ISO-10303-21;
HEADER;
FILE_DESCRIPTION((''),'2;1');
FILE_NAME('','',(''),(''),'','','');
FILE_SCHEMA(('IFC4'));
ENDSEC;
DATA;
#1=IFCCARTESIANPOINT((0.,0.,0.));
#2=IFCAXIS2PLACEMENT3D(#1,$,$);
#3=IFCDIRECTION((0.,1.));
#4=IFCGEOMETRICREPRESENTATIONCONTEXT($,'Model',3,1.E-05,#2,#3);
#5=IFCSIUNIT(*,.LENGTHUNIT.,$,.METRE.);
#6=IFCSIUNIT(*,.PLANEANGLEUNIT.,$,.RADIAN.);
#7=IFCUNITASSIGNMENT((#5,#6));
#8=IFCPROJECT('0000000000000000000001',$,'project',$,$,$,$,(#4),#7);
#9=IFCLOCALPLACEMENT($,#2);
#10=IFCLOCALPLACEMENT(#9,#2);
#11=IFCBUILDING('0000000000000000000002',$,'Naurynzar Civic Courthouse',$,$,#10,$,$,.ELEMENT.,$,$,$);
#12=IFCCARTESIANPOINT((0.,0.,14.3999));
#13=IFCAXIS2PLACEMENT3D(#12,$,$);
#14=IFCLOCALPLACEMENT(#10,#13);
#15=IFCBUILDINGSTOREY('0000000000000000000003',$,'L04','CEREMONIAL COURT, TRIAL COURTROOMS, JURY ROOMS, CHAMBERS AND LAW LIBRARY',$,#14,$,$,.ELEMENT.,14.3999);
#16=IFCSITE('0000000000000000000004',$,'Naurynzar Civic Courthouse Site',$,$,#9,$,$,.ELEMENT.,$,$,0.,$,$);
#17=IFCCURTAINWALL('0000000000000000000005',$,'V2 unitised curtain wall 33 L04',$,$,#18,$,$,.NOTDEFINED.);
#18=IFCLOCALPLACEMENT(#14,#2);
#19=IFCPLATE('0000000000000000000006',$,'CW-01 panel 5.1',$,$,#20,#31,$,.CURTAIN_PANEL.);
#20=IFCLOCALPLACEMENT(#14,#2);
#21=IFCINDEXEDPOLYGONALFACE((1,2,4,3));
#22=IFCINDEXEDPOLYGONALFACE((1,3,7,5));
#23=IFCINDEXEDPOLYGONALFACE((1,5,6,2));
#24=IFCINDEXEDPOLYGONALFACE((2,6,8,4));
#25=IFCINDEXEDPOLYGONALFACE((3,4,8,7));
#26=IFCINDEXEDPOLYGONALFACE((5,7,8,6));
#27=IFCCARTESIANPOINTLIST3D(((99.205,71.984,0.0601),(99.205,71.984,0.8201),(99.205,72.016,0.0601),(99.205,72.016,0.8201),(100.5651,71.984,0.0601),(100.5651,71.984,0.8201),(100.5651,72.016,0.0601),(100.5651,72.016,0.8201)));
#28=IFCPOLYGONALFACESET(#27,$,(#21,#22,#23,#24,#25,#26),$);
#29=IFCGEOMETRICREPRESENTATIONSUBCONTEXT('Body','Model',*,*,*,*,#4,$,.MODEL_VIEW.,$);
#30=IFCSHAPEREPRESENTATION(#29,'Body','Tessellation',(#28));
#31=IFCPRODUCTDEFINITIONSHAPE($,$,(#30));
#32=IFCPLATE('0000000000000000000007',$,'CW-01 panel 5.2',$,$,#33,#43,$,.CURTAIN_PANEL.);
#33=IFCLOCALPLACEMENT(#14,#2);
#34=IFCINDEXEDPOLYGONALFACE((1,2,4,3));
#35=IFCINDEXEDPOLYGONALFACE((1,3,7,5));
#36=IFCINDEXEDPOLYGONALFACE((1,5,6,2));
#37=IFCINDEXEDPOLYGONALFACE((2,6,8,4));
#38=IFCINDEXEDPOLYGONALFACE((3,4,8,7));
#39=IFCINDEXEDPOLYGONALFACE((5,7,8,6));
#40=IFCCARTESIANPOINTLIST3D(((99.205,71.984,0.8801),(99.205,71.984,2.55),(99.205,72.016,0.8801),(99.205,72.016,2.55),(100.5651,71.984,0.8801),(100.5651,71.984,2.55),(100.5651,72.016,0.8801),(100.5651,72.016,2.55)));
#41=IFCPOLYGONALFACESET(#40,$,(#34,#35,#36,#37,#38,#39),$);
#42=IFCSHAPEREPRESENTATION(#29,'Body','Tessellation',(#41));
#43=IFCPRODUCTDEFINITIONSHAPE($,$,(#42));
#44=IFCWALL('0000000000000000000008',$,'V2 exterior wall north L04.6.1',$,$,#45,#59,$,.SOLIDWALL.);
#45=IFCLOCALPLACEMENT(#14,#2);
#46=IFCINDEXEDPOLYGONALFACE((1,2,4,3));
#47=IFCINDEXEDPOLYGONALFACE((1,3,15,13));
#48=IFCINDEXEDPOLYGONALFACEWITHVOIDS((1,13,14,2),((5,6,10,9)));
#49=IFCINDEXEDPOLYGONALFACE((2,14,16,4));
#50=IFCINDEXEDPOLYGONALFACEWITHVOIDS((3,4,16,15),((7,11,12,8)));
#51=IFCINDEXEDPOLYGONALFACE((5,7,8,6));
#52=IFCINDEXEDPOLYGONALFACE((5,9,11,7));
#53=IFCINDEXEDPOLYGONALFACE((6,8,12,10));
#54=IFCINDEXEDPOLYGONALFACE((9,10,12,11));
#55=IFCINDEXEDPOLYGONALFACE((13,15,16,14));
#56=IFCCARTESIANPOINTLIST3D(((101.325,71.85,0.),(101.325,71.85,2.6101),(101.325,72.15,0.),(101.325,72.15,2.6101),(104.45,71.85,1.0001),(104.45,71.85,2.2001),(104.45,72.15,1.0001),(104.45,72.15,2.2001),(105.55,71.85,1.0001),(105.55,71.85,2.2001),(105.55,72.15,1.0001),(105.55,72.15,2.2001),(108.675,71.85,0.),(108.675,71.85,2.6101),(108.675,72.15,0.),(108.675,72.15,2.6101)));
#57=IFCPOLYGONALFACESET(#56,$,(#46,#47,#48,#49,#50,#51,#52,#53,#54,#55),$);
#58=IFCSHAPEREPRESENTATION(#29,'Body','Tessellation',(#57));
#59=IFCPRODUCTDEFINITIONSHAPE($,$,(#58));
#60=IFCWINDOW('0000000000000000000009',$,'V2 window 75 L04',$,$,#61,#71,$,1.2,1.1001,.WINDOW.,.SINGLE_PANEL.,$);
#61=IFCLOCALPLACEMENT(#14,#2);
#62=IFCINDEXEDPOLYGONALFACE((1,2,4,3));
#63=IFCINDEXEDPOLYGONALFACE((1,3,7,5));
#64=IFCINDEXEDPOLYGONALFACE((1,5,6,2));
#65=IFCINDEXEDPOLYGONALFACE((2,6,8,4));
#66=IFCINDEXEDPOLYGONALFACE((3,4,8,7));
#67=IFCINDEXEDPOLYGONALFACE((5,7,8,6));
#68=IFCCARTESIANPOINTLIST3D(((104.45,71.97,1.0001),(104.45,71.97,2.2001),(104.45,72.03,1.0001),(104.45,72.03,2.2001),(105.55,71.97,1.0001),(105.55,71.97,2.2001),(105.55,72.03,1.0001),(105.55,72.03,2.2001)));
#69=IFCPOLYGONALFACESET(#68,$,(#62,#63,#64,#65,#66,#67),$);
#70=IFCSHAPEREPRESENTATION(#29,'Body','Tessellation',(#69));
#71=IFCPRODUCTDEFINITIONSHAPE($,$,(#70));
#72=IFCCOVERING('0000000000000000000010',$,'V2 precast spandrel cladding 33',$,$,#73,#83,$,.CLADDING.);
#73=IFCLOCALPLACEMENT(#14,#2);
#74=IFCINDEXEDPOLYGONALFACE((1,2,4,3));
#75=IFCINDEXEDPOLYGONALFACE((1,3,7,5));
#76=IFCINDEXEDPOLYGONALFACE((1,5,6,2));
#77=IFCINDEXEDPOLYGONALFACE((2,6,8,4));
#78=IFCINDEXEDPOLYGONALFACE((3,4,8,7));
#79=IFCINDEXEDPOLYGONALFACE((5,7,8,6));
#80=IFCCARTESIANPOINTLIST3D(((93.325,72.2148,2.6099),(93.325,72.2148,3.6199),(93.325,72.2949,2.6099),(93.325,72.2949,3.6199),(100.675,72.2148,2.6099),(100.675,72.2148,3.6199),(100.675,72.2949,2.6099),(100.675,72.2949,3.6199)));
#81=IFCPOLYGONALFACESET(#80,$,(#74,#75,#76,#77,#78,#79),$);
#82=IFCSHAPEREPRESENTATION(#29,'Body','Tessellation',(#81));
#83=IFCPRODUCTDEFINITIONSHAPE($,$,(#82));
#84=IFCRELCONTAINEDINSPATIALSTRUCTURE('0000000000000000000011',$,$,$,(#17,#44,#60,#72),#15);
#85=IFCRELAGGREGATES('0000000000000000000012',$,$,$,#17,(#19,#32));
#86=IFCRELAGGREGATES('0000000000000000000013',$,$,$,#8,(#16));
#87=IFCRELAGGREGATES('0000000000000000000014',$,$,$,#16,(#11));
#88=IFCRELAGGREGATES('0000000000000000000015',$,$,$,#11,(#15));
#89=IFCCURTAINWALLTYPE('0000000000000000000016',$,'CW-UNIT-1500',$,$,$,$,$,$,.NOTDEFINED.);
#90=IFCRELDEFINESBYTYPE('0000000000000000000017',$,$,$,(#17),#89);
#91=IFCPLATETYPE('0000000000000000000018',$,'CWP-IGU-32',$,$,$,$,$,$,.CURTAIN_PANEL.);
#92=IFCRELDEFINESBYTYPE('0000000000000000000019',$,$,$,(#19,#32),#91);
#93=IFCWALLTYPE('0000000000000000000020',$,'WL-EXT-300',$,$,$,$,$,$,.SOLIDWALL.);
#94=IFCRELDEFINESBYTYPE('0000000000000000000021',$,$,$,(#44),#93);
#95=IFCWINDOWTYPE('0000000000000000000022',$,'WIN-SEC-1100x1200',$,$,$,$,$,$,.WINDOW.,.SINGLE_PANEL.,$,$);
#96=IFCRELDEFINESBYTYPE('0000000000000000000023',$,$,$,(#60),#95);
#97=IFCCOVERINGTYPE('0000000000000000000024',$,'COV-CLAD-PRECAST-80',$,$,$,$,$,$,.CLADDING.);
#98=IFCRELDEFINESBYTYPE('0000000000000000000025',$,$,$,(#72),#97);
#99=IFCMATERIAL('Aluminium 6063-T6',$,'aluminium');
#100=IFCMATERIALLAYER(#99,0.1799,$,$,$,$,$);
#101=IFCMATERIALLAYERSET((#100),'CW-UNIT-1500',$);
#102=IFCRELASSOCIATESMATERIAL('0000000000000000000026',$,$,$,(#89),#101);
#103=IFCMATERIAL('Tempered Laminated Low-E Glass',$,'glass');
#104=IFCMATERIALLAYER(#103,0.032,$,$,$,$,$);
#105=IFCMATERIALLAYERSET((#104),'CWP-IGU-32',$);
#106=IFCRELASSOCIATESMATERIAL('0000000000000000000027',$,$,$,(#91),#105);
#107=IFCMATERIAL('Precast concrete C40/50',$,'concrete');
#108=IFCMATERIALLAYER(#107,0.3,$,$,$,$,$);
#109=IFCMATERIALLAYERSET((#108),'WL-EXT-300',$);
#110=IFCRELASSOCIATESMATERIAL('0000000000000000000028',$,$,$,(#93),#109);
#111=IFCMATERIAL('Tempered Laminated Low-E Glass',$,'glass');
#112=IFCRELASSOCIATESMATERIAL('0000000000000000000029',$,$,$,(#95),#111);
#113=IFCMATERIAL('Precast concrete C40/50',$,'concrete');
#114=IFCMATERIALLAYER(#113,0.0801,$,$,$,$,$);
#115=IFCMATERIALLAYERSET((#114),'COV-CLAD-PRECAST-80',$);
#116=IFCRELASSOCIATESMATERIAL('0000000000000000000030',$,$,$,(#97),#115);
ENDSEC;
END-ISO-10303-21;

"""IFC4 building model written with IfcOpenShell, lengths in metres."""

from ifc_helpers import new_model, si_unit, direction, frame, frame_2d, origin, origin_2d, place, context, subcontext, project, spatial, rectangle, extrude, material, layer, layer_set, type_object, element, fill, aggregate, save


model = new_model("IFC4")

# Units and contexts
model_context = context("Model", 3, precision=1e-05, world=origin(), true_north=direction((0.0, 1.0)))
body_context = subcontext(model_context, "Body", "Model", "MODEL_VIEW")
ifc_project = project(units=[si_unit("LENGTHUNIT", "METRE"), si_unit("PLANEANGLEUNIT", "RADIAN")], contexts=[model_context])

# Site, building, storey
site_placement = place(None, origin())
site = spatial("IfcSite", under=ifc_project, at=site_placement, Name="Naurynzar Civic Courthouse Site", CompositionType="ELEMENT", RefElevation=0.0)
building_placement = place(site_placement, origin())
building = spatial("IfcBuilding", under=site, at=building_placement, Name="Naurynzar Civic Courthouse", CompositionType="ELEMENT")
storey_placement = place(building_placement, frame((0.0, 0.0, 14.3999)))
storey = spatial("IfcBuildingStorey", under=building, at=storey_placement, Name="L04", Description="CEREMONIAL COURT, TRIAL COURTROOMS, JURY ROOMS, CHAMBERS AND LAW LIBRARY", CompositionType="ELEMENT", Elevation=14.3999)

# Curtain wall
ifc_material_1 = material(Name="Aluminium 6063-T6", Category="aluminium")
ifc_layer_1 = layer(ifc_material_1, 0.1799)
ifc_layer_set_1 = layer_set([ifc_layer_1], Name="CW-UNIT-1500")
curtain_wall_type = type_object("IfcCurtainWallType", Name="CW-UNIT-1500", PredefinedType="NOTDEFINED", material=ifc_layer_set_1)
curtain_wall_1_placement = place(storey_placement, origin())
curtain_wall_1 = element("IfcCurtainWall", 1, at=curtain_wall_1_placement, inside=storey, type_object=curtain_wall_type, Name="V2 unitised curtain wall 33 L04", PredefinedType="NOTDEFINED")

# Plates
ifc_material_2 = material(Name="Tempered Laminated Low-E Glass", Category="glass")
ifc_layer_2 = layer(ifc_material_2, 0.032)
ifc_layer_set_2 = layer_set([ifc_layer_2], Name="CWP-IGU-32")
plate_type = type_object("IfcPlateType", Name="CWP-IGU-32", PredefinedType="CURTAIN_PANEL", material=ifc_layer_set_2)
plate_1_placement = place(storey_placement, frame((99.885, 72.0, 0.0601), z_axis=(0.0, 0.0, 1.0), x_axis=(1.0, 0.0, 0.0)))
plate_1 = element("IfcPlate", 2, at=plate_1_placement, type_object=plate_type, Name="CW-01 panel 5.1", PredefinedType="CURTAIN_PANEL", context=body_context, shape_type="SweptSolid", body=[
    extrude(rectangle(XDim=1.3601, YDim=0.032, at=origin_2d()), origin(), (0.0, 0.0, 1.0), 0.76),
])
plate_2_placement = place(storey_placement, frame((99.885, 72.0, 0.8801), z_axis=(0.0, 0.0, 1.0), x_axis=(1.0, 0.0, 0.0)))
plate_2 = element("IfcPlate", 3, at=plate_2_placement, type_object=plate_type, Name="CW-01 panel 5.2", PredefinedType="CURTAIN_PANEL", context=body_context, shape_type="SweptSolid", body=[
    extrude(rectangle(XDim=1.3601, YDim=0.032, at=origin_2d()), origin(), (0.0, 0.0, 1.0), 1.6699),
])
aggregate(curtain_wall_1, [plate_1, plate_2])

# Wall, opening, window
ifc_material_3 = material(Name="Precast concrete C40/50", Category="concrete")
ifc_layer_3 = layer(ifc_material_3, 0.3)
ifc_layer_set_3 = layer_set([ifc_layer_3], Name="WL-EXT-300")
wall_type = type_object("IfcWallType", Name="WL-EXT-300", PredefinedType="SOLIDWALL", material=ifc_layer_set_3)
wall_placement = place(storey_placement, frame((101.325, 72.0, 0.0), z_axis=(0.0, 0.0, 1.0), x_axis=(1.0, 0.0, 0.0)))
wall = element("IfcWall", 4, at=wall_placement, inside=storey, type_object=wall_type, Name="V2 exterior wall north L04.6.1", PredefinedType="SOLIDWALL", context=body_context, shape_type="SweptSolid", body=[
    extrude(rectangle(XDim=7.3501, YDim=0.3, at=frame_2d((3.675, 0.0))), origin(), (0.0, 0.0, 1.0), 2.6101),
])
opening_placement = place(wall_placement, frame((3.125, 0.0, 1.0)))
opening = element("IfcOpeningElement", 5, at=opening_placement, cuts=wall, PredefinedType="OPENING", context=body_context, shape_type="SweptSolid", body=[
    extrude(rectangle(XDim=1.1001, YDim=1.2, at=frame_2d((0.55, 0.6001))), frame((0.0, 0.1599, 0.0), z_axis=(0.0, -1.0, 0.0), x_axis=(1.0, 0.0, 0.0)), (0.0, 0.0, 1.0), 0.3201),
])
ifc_material_4 = material(Name="Tempered Laminated Low-E Glass", Category="glass")
window_type = type_object("IfcWindowType", Name="WIN-SEC-1100x1200", PartitioningType="SINGLE_PANEL", PredefinedType="WINDOW", material=ifc_material_4)
window_placement = place(opening_placement, origin())
window = element("IfcWindow", 6, at=window_placement, inside=storey, type_object=window_type, Name="V2 window 75 L04", OverallHeight=1.2, OverallWidth=1.1001, PartitioningType="SINGLE_PANEL", PredefinedType="WINDOW", context=body_context, shape_type="SweptSolid", body=[
    extrude(rectangle(XDim=1.1001, YDim=1.2, at=frame_2d((0.55, 0.6001))), frame((0.0, 0.03, 0.0), z_axis=(0.0, -1.0, 0.0), x_axis=(1.0, 0.0, 0.0)), (0.0, 0.0, 1.0), 0.0601),
])
fill(opening, window)

# Covering
ifc_material_5 = material(Name="Precast concrete C40/50", Category="concrete")
ifc_layer_4 = layer(ifc_material_5, 0.0801)
ifc_layer_set_4 = layer_set([ifc_layer_4], Name="COV-CLAD-PRECAST-80")
covering_type = type_object("IfcCoveringType", Name="COV-CLAD-PRECAST-80", PredefinedType="CLADDING", material=ifc_layer_set_4)
covering_placement = place(storey_placement, frame((97.0, 72.2549, 2.6099), z_axis=(0.0, 0.0, 1.0), x_axis=(1.0, 0.0, 0.0)))
element("IfcCovering", 7, at=covering_placement, inside=storey, type_object=covering_type, Name="V2 precast spandrel cladding 33", PredefinedType="CLADDING", context=body_context, shape_type="SweptSolid", body=[
    extrude(rectangle(XDim=7.3501, YDim=0.0801, at=origin_2d()), origin(), (0.0, 0.0, 1.0), 1.01),
])

save(model, "model.ifc")
